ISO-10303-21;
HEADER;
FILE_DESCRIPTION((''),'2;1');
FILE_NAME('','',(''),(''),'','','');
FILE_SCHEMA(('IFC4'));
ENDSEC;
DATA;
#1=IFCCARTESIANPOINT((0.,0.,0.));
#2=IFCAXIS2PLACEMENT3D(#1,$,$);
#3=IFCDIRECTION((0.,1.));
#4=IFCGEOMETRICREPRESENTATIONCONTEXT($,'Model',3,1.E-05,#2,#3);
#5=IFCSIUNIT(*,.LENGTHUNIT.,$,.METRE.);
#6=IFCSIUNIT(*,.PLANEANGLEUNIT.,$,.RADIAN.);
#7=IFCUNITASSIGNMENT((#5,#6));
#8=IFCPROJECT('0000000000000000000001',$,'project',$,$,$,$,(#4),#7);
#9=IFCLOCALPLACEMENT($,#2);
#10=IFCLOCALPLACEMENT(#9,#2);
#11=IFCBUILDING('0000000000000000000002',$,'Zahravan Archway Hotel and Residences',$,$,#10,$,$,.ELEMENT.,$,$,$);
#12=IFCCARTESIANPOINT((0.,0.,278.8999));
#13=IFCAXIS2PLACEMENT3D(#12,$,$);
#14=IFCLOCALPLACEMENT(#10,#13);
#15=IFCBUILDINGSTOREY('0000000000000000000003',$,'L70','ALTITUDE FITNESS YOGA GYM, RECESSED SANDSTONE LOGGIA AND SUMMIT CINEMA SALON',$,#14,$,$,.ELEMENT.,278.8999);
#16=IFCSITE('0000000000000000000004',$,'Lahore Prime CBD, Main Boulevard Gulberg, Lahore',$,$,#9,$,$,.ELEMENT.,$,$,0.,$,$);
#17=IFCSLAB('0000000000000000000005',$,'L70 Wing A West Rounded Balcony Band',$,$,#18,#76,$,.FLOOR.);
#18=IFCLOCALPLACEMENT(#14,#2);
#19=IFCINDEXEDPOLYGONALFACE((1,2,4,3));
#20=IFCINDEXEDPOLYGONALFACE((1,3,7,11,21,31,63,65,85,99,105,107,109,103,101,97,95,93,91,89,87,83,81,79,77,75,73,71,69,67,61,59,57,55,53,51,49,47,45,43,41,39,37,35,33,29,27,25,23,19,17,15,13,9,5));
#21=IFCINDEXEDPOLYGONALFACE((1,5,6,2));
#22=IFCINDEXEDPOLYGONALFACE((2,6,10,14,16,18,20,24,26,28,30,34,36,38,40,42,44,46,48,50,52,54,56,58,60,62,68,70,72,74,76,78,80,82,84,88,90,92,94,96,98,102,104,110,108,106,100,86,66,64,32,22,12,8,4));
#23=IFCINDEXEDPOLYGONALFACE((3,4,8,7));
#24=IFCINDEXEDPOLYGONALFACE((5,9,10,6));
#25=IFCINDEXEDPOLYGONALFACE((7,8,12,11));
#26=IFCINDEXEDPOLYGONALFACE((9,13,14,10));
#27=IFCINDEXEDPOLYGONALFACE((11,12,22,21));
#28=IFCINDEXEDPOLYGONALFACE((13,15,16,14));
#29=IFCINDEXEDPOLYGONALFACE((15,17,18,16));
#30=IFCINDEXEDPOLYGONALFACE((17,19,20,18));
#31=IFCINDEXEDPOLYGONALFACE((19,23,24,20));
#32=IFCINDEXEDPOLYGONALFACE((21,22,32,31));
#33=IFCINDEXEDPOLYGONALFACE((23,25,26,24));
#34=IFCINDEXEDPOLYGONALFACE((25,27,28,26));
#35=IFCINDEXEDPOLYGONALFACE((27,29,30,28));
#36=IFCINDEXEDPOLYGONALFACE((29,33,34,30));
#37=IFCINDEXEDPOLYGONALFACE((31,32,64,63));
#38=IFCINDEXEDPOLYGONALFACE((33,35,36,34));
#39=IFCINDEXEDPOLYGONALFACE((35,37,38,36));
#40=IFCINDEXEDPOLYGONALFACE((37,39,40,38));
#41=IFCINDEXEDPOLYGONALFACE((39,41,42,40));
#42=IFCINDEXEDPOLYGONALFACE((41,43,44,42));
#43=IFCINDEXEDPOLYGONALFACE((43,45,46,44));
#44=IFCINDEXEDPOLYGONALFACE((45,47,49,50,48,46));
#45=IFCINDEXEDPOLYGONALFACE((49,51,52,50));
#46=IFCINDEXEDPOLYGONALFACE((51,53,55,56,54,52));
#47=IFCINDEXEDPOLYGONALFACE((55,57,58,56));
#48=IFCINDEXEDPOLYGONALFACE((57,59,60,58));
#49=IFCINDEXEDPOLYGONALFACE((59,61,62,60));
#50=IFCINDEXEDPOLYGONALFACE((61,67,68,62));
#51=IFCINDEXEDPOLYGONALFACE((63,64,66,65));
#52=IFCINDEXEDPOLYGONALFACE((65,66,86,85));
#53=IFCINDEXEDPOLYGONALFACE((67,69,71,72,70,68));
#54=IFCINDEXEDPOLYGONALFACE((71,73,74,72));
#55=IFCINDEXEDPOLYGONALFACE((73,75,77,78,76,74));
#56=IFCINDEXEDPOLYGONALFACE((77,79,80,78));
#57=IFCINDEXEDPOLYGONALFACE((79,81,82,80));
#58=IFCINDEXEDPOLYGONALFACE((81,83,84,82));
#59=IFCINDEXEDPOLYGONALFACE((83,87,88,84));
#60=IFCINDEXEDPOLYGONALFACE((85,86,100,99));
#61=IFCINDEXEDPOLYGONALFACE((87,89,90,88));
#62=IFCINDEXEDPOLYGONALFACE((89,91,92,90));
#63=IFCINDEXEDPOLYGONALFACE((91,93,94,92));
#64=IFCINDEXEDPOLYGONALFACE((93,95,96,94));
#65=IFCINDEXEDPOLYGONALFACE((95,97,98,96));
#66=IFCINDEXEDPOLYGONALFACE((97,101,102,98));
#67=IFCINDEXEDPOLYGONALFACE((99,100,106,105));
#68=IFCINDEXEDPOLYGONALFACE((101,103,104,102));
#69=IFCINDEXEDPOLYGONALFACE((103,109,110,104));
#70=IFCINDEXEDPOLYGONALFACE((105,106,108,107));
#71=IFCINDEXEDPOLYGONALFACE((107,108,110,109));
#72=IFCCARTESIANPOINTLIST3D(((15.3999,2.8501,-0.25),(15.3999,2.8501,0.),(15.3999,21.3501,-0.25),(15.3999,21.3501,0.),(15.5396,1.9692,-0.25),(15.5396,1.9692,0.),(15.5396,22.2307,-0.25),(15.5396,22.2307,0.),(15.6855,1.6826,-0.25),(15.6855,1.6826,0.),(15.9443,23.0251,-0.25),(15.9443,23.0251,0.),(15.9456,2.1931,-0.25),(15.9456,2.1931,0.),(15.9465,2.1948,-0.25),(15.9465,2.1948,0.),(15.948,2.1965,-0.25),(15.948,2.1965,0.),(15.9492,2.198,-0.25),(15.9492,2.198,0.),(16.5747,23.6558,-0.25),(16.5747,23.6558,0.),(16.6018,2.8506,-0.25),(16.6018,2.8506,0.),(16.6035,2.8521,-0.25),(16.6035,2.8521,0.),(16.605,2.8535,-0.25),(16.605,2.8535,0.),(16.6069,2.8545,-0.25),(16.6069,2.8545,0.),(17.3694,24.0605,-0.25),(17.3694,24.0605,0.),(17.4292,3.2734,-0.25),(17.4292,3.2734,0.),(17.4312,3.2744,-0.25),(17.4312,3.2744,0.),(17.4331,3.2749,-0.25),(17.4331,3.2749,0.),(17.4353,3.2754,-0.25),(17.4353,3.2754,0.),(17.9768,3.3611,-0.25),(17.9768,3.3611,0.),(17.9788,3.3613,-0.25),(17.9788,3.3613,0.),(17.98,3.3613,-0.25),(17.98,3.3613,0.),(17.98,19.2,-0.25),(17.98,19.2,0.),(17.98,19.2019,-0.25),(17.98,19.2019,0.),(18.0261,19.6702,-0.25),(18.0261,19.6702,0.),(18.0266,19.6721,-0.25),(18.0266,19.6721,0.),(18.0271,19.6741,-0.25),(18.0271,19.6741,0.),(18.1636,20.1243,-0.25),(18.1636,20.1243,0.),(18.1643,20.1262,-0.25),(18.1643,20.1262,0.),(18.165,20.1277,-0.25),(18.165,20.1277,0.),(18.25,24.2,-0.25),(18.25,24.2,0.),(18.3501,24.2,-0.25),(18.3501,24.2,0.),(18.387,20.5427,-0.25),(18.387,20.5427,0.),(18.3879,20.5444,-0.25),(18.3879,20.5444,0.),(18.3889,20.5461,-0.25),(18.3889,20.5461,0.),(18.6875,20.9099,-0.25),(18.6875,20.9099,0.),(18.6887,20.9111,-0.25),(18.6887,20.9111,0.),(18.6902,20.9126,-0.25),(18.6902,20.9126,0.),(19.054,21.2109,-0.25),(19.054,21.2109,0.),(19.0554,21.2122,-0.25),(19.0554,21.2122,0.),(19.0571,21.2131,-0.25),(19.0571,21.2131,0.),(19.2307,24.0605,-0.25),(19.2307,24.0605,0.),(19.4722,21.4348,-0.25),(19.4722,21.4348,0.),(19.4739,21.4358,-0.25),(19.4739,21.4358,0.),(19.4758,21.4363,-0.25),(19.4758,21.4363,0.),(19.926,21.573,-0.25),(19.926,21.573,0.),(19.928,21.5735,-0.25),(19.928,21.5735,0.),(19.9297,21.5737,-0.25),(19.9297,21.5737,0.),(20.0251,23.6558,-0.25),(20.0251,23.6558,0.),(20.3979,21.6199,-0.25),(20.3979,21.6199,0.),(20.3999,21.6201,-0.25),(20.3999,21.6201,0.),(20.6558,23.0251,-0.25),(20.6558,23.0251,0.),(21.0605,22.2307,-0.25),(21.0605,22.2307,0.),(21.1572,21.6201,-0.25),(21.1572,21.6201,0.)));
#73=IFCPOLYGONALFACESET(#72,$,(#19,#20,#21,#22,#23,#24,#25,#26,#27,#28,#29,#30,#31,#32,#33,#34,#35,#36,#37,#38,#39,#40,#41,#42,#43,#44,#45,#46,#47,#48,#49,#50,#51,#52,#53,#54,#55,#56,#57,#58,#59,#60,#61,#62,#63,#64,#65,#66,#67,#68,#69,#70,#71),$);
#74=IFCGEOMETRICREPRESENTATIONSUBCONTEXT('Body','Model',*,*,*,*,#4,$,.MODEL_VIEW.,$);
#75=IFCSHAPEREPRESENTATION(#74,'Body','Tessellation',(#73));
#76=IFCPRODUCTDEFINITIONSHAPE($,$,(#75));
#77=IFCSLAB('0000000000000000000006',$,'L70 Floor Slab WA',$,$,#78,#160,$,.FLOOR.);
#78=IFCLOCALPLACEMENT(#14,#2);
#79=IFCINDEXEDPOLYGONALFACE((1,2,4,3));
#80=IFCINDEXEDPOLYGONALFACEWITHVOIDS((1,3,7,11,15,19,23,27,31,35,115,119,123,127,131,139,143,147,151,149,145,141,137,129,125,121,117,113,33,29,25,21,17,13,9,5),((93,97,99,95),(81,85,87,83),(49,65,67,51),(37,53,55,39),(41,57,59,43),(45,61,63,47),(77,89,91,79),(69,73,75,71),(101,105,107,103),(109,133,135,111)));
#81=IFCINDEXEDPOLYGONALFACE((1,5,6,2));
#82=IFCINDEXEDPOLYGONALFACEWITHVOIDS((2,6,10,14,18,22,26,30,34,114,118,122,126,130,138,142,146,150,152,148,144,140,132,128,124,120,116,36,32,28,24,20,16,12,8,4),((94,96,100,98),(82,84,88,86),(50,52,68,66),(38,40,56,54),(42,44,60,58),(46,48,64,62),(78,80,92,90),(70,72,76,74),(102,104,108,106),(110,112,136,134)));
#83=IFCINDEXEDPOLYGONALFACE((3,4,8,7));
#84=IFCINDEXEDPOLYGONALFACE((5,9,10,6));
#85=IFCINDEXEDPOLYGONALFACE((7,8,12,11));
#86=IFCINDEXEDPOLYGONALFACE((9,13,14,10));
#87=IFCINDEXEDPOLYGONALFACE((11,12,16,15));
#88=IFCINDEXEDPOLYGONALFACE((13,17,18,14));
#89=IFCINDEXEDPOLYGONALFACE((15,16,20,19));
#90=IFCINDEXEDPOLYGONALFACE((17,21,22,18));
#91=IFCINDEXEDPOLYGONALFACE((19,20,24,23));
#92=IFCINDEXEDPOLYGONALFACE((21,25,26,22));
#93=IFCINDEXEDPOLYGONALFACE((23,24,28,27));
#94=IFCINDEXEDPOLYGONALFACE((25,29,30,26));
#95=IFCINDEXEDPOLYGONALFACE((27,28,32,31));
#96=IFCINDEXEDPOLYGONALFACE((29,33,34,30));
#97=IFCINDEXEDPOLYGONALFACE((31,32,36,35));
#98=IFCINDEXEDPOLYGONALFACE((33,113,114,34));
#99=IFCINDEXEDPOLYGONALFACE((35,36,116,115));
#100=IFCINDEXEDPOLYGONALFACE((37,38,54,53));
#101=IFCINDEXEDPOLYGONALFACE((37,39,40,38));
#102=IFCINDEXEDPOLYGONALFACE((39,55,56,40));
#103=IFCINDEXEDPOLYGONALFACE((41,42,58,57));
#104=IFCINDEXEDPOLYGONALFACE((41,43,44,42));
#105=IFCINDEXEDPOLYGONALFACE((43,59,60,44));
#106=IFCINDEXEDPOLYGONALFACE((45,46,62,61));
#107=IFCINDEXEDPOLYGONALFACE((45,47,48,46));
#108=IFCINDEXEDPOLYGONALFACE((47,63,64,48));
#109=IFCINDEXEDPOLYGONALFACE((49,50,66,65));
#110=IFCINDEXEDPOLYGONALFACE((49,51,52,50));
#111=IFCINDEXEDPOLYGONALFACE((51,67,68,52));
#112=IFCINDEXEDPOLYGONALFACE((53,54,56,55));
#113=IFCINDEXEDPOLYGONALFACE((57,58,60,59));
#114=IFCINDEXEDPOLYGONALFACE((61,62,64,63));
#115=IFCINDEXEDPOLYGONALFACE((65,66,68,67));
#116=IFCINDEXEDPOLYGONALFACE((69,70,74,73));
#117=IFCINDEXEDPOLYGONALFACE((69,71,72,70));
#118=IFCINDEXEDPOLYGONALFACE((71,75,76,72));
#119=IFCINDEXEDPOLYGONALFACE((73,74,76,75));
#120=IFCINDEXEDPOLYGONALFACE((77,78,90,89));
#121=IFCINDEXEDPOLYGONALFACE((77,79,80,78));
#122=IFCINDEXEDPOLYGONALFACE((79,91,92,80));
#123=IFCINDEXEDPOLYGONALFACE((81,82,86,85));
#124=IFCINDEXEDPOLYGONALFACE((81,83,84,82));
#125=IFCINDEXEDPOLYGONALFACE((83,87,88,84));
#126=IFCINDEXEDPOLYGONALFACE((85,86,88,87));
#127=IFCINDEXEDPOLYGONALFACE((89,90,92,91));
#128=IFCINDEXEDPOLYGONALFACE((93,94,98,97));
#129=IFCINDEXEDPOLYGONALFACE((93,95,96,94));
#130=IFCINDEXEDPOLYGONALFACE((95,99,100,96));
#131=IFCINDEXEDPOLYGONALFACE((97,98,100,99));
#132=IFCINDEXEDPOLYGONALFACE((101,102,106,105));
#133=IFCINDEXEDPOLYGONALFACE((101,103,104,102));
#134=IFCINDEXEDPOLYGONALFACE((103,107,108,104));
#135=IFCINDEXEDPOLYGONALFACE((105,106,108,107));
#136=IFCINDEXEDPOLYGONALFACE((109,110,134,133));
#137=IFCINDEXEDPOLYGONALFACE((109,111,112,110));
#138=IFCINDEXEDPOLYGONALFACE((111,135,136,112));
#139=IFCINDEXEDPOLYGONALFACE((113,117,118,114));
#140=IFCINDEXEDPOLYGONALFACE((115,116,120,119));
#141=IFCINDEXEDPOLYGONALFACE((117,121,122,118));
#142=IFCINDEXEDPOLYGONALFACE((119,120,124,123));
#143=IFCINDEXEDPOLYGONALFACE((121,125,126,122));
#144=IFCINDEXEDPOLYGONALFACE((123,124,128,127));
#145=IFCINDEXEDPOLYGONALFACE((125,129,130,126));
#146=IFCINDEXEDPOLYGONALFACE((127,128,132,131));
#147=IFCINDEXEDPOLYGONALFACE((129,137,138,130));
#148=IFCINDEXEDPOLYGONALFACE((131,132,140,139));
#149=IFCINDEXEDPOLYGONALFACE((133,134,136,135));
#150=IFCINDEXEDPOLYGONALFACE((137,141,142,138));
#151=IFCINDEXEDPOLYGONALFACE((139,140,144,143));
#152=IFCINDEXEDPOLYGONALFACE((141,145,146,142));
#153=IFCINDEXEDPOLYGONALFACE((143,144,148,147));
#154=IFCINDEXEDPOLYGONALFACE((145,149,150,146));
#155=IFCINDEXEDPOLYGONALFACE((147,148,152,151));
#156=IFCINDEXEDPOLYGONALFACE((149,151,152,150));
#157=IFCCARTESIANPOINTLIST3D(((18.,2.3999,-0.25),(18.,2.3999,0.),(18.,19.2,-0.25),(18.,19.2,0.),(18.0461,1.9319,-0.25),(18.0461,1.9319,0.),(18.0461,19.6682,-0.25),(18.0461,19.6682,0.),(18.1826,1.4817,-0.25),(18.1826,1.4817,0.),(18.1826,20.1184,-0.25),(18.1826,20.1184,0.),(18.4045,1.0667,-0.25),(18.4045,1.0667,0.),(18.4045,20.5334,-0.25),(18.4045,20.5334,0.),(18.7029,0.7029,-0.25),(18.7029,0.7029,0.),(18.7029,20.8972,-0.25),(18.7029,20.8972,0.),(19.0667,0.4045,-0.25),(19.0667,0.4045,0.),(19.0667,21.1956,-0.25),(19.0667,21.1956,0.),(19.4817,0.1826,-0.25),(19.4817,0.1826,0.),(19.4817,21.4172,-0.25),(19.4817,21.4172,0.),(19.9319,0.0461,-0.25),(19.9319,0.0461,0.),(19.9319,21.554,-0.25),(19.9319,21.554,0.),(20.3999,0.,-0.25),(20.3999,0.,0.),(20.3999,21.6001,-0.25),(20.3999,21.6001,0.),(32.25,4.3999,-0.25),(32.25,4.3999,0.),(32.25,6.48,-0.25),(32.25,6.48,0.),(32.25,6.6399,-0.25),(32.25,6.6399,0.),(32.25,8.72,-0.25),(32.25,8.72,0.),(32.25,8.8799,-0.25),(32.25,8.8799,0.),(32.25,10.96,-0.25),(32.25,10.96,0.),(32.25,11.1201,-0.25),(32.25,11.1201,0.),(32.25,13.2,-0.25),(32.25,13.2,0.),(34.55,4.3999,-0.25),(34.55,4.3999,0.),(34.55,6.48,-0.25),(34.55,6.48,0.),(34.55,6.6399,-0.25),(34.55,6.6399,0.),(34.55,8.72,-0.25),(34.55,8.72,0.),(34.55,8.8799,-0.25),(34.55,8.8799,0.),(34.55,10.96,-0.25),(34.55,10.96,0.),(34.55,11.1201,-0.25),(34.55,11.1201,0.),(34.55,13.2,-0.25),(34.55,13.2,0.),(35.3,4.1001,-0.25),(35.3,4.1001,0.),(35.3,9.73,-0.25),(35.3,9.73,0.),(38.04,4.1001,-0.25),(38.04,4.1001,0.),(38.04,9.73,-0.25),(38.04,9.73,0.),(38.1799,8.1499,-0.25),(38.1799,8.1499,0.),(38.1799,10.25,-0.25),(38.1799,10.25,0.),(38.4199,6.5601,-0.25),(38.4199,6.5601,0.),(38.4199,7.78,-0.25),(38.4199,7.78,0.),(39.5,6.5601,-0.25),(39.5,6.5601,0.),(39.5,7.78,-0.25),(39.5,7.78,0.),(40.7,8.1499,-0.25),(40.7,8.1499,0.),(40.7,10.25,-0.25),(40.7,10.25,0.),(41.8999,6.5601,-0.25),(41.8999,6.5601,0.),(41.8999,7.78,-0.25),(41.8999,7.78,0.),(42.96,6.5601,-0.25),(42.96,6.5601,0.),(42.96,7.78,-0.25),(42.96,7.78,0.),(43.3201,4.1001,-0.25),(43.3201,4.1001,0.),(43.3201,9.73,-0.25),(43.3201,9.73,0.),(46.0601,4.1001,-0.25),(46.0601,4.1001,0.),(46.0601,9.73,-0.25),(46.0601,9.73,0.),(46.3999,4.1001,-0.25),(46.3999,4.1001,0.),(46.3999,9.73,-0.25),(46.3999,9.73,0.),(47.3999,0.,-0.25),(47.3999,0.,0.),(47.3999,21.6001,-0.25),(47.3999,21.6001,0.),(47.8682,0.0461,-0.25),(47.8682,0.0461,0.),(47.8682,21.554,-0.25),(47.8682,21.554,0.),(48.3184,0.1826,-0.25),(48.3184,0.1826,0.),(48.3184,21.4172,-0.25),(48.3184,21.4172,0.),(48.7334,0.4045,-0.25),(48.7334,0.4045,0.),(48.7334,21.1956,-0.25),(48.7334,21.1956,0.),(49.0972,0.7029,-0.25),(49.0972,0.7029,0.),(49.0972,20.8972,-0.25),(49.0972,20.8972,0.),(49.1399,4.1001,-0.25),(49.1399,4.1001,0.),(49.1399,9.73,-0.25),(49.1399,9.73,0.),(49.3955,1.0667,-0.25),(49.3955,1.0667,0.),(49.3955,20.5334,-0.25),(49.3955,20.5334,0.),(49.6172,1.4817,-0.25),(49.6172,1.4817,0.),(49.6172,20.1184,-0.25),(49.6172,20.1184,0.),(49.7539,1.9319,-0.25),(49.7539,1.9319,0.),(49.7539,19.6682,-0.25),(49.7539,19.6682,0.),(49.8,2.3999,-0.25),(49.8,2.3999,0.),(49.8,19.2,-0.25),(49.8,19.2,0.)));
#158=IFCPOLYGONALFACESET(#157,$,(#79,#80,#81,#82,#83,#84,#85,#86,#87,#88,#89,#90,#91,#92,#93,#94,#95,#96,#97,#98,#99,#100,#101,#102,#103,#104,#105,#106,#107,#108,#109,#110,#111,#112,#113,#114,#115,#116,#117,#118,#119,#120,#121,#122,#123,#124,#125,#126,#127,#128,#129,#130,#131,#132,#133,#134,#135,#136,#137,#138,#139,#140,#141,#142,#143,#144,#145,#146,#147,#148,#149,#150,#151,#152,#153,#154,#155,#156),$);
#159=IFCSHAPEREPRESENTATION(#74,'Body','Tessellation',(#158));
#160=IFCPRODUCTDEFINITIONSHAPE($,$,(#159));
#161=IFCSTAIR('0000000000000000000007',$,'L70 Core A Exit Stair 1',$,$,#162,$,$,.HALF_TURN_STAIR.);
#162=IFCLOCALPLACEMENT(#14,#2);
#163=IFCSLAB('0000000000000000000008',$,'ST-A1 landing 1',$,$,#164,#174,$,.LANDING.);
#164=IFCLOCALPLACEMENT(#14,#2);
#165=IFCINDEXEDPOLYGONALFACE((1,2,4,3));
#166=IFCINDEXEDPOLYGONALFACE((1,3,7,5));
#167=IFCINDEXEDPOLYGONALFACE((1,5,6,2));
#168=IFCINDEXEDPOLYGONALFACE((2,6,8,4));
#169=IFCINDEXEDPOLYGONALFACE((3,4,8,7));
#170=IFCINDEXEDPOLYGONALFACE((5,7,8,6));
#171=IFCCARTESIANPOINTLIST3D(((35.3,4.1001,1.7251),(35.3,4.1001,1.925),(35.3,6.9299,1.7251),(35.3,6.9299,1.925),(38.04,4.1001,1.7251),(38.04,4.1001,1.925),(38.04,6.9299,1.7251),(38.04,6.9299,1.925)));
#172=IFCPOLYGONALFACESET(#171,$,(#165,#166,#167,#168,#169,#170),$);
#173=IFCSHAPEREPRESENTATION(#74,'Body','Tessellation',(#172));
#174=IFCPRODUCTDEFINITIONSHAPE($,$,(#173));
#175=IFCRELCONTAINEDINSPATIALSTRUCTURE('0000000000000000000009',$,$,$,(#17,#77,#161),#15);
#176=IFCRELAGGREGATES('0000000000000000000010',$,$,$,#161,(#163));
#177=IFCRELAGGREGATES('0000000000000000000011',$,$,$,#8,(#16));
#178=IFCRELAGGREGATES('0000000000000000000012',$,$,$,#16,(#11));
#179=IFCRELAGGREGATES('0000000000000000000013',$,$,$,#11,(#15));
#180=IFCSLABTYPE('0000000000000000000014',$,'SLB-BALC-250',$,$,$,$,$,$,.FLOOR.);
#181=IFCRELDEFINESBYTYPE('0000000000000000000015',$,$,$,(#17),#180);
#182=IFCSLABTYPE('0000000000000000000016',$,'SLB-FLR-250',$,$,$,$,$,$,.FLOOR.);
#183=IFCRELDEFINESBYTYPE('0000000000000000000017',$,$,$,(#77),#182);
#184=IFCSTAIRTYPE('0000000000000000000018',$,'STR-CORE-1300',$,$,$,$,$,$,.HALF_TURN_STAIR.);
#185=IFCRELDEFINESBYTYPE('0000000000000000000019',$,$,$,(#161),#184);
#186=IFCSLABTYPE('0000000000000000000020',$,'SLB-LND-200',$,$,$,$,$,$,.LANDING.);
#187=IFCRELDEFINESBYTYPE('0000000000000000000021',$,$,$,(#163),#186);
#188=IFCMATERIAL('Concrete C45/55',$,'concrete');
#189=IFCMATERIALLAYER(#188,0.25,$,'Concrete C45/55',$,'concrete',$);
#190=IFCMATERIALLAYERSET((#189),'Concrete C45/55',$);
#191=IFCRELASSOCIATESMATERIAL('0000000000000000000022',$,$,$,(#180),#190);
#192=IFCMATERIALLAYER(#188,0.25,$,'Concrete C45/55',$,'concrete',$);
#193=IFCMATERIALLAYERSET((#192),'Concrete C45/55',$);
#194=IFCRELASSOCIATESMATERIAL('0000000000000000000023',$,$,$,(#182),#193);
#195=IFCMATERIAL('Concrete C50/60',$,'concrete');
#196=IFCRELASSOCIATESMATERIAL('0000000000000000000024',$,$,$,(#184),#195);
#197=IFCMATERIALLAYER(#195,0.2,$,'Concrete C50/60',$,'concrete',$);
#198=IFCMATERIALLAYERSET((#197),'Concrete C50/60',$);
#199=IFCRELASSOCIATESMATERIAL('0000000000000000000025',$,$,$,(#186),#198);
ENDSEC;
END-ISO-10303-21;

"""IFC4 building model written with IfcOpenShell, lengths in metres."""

from ifc_helpers import new_model, si_unit, direction, frame, origin, place, context, subcontext, project, spatial, polyline, outline, extrude, material, layer, layer_set, type_object, element, aggregate, save


model = new_model("IFC4")

# Units and contexts
model_context = context("Model", 3, precision=1e-05, world=origin(), true_north=direction((0.0, 1.0)))
body_context = subcontext(model_context, "Body", "Model", "MODEL_VIEW")
ifc_project = project(units=[si_unit("LENGTHUNIT", "METRE"), si_unit("PLANEANGLEUNIT", "RADIAN")], contexts=[model_context])

# Site, building, storey
site_placement = place(None, origin())
site = spatial("IfcSite", under=ifc_project, at=site_placement, Name="Lahore Prime CBD, Main Boulevard Gulberg, Lahore", CompositionType="ELEMENT", RefElevation=0.0)
building_placement = place(site_placement, origin())
building = spatial("IfcBuilding", under=site, at=building_placement, Name="Zahravan Archway Hotel and Residences", CompositionType="ELEMENT")
storey_placement = place(building_placement, frame((0.0, 0.0, 278.8999)))
storey = spatial("IfcBuildingStorey", under=building, at=storey_placement, Name="L70", Description="ALTITUDE FITNESS YOGA GYM, RECESSED SANDSTONE LOGGIA AND SUMMIT CINEMA SALON", CompositionType="ELEMENT", Elevation=278.8999)

# Slabs
ifc_material_1 = material(Name="Concrete C45/55", Category="concrete")
ifc_layer_1 = layer(ifc_material_1, 0.25, Name="Concrete C45/55", Category="concrete")
ifc_layer_set_1 = layer_set([ifc_layer_1], Name="Concrete C45/55")
slab_type_1 = type_object("IfcSlabType", Name="SLB-BALC-250", PredefinedType="FLOOR", material=ifc_layer_set_1)
slab_1_placement = place(storey_placement, frame((0.0, 0.0, -0.25)))
element("IfcSlab", 1, at=slab_1_placement, inside=storey, type_object=slab_type_1, Name="L70 Wing A West Rounded Balcony Band", PredefinedType="FLOOR", context=body_context, shape_type="SweptSolid", body=[
    extrude(outline(polyline([(15.5396, 1.9692), (15.3999, 2.8501), (15.3999, 21.3501), (15.5396, 22.2307), (15.9443, 23.0251), (16.5747, 23.6558), (17.3694, 24.0605), (18.25, 24.2), (18.3501, 24.2), (19.2307, 24.0605), (20.0251, 23.6558), (20.6558, 23.0251), (21.0605, 22.2307), (21.1572, 21.6201), (20.3999, 21.6201), (20.3979, 21.6199), (19.9297, 21.5737), (19.928, 21.5735), (19.926, 21.573), (19.4758, 21.4363), (19.4739, 21.4358), (19.4722, 21.4348), (19.0571, 21.2131), (19.0554, 21.2122), (19.054, 21.2109), (18.6902, 20.9126), (18.6887, 20.9111), (18.6875, 20.9099), (18.3889, 20.5461), (18.3879, 20.5444), (18.387, 20.5427), (18.165, 20.1277), (18.1643, 20.1262), (18.1636, 20.1243), (18.0271, 19.6741), (18.0266, 19.6721), (18.0261, 19.6702), (17.98, 19.2019), (17.98, 19.2), (17.98, 3.3613), (17.9788, 3.3613), (17.9768, 3.3611), (17.4353, 3.2754), (17.4331, 3.2749), (17.4312, 3.2744), (17.4292, 3.2734), (16.6069, 2.8545), (16.605, 2.8535), (16.6035, 2.8521), (16.6018, 2.8506), (15.9492, 2.198), (15.948, 2.1965), (15.9465, 2.1948), (15.9456, 2.1931), (15.6855, 1.6826), (15.5396, 1.9692)])), origin(), (0.0, 0.0, 1.0), 0.25),
])
ifc_layer_2 = layer(ifc_material_1, 0.25, Name="Concrete C45/55", Category="concrete")
ifc_layer_set_2 = layer_set([ifc_layer_2], Name="Concrete C45/55")
slab_type_2 = type_object("IfcSlabType", Name="SLB-FLR-250", PredefinedType="FLOOR", material=ifc_layer_set_2)
slab_2_placement = place(storey_placement, frame((0.0, 0.0, -0.25)))
element("IfcSlab", 2, at=slab_2_placement, inside=storey, type_object=slab_type_2, Name="L70 Floor Slab WA", PredefinedType="FLOOR", context=body_context, shape_type="SweptSolid", body=[
    extrude(outline(polyline([(47.3999, 0.0), (47.8682, 0.0461), (48.3184, 0.1826), (48.7334, 0.4045), (49.0972, 0.7029), (49.3955, 1.0667), (49.6172, 1.4817), (49.7539, 1.9319), (49.8, 2.3999), (49.8, 19.2), (49.7539, 19.6682), (49.6172, 20.1184), (49.3955, 20.5334), (49.0972, 20.8972), (48.7334, 21.1956), (48.3184, 21.4172), (47.8682, 21.554), (47.3999, 21.6001), (20.3999, 21.6001), (19.9319, 21.554), (19.4817, 21.4172), (19.0667, 21.1956), (18.7029, 20.8972), (18.4045, 20.5334), (18.1826, 20.1184), (18.0461, 19.6682), (18.0, 19.2), (18.0, 2.3999), (18.0461, 1.9319), (18.1826, 1.4817), (18.4045, 1.0667), (18.7029, 0.7029), (19.0667, 0.4045), (19.4817, 0.1826), (19.9319, 0.0461), (20.3999, 0.0), (47.3999, 0.0)]), holes=[polyline([(35.3, 9.73), (35.3, 4.1001), (38.04, 4.1001), (38.04, 9.73), (35.3, 9.73)]), polyline([(43.3201, 9.73), (43.3201, 4.1001), (46.0601, 4.1001), (46.0601, 9.73), (43.3201, 9.73)]), polyline([(46.3999, 9.73), (46.3999, 4.1001), (49.1399, 4.1001), (49.1399, 9.73), (46.3999, 9.73)]), polyline([(38.1799, 8.1499), (40.7, 8.1499), (40.7, 10.25), (38.1799, 10.25), (38.1799, 8.1499)]), polyline([(32.25, 4.3999), (34.55, 4.3999), (34.55, 6.48), (32.25, 6.48), (32.25, 4.3999)]), polyline([(32.25, 6.6399), (34.55, 6.6399), (34.55, 8.72), (32.25, 8.72), (32.25, 6.6399)]), polyline([(32.25, 8.8799), (34.55, 8.8799), (34.55, 10.96), (32.25, 10.96), (32.25, 8.8799)]), polyline([(32.25, 11.1201), (34.55, 11.1201), (34.55, 13.2), (32.25, 13.2), (32.25, 11.1201)]), polyline([(38.4199, 6.5601), (39.5, 6.5601), (39.5, 7.78), (38.4199, 7.78), (38.4199, 6.5601)]), polyline([(41.8999, 6.5601), (42.96, 6.5601), (42.96, 7.78), (41.8999, 7.78), (41.8999, 6.5601)])]), origin(), (0.0, 0.0, 1.0), 0.25),
])

# Stair, slab
ifc_material_2 = material(Name="Concrete C50/60", Category="concrete")
stair_type = type_object("IfcStairType", Name="STR-CORE-1300", PredefinedType="HALF_TURN_STAIR", material=ifc_material_2)
stair_1_placement = place(storey_placement, origin())
stair_1 = element("IfcStair", 3, at=stair_1_placement, inside=storey, type_object=stair_type, Name="L70 Core A Exit Stair 1", PredefinedType="HALF_TURN_STAIR")
ifc_layer_3 = layer(ifc_material_2, 0.2, Name="Concrete C50/60", Category="concrete")
ifc_layer_set_3 = layer_set([ifc_layer_3], Name="Concrete C50/60")
slab_type_3 = type_object("IfcSlabType", Name="SLB-LND-200", PredefinedType="LANDING", material=ifc_layer_set_3)
slab_3_placement = place(storey_placement, frame((0.0, 0.0, 1.7251)))
slab_3 = element("IfcSlab", 4, at=slab_3_placement, type_object=slab_type_3, Name="ST-A1 landing 1", PredefinedType="LANDING", context=body_context, shape_type="SweptSolid", body=[
    extrude(outline(polyline([(35.3, 6.9299), (35.3, 4.1001), (38.04, 4.1001), (38.04, 6.9299), (35.3, 6.9299)])), origin(), (0.0, 0.0, 1.0), 0.2),
])
aggregate(stair_1, [slab_3])

save(model, "model.ifc")
